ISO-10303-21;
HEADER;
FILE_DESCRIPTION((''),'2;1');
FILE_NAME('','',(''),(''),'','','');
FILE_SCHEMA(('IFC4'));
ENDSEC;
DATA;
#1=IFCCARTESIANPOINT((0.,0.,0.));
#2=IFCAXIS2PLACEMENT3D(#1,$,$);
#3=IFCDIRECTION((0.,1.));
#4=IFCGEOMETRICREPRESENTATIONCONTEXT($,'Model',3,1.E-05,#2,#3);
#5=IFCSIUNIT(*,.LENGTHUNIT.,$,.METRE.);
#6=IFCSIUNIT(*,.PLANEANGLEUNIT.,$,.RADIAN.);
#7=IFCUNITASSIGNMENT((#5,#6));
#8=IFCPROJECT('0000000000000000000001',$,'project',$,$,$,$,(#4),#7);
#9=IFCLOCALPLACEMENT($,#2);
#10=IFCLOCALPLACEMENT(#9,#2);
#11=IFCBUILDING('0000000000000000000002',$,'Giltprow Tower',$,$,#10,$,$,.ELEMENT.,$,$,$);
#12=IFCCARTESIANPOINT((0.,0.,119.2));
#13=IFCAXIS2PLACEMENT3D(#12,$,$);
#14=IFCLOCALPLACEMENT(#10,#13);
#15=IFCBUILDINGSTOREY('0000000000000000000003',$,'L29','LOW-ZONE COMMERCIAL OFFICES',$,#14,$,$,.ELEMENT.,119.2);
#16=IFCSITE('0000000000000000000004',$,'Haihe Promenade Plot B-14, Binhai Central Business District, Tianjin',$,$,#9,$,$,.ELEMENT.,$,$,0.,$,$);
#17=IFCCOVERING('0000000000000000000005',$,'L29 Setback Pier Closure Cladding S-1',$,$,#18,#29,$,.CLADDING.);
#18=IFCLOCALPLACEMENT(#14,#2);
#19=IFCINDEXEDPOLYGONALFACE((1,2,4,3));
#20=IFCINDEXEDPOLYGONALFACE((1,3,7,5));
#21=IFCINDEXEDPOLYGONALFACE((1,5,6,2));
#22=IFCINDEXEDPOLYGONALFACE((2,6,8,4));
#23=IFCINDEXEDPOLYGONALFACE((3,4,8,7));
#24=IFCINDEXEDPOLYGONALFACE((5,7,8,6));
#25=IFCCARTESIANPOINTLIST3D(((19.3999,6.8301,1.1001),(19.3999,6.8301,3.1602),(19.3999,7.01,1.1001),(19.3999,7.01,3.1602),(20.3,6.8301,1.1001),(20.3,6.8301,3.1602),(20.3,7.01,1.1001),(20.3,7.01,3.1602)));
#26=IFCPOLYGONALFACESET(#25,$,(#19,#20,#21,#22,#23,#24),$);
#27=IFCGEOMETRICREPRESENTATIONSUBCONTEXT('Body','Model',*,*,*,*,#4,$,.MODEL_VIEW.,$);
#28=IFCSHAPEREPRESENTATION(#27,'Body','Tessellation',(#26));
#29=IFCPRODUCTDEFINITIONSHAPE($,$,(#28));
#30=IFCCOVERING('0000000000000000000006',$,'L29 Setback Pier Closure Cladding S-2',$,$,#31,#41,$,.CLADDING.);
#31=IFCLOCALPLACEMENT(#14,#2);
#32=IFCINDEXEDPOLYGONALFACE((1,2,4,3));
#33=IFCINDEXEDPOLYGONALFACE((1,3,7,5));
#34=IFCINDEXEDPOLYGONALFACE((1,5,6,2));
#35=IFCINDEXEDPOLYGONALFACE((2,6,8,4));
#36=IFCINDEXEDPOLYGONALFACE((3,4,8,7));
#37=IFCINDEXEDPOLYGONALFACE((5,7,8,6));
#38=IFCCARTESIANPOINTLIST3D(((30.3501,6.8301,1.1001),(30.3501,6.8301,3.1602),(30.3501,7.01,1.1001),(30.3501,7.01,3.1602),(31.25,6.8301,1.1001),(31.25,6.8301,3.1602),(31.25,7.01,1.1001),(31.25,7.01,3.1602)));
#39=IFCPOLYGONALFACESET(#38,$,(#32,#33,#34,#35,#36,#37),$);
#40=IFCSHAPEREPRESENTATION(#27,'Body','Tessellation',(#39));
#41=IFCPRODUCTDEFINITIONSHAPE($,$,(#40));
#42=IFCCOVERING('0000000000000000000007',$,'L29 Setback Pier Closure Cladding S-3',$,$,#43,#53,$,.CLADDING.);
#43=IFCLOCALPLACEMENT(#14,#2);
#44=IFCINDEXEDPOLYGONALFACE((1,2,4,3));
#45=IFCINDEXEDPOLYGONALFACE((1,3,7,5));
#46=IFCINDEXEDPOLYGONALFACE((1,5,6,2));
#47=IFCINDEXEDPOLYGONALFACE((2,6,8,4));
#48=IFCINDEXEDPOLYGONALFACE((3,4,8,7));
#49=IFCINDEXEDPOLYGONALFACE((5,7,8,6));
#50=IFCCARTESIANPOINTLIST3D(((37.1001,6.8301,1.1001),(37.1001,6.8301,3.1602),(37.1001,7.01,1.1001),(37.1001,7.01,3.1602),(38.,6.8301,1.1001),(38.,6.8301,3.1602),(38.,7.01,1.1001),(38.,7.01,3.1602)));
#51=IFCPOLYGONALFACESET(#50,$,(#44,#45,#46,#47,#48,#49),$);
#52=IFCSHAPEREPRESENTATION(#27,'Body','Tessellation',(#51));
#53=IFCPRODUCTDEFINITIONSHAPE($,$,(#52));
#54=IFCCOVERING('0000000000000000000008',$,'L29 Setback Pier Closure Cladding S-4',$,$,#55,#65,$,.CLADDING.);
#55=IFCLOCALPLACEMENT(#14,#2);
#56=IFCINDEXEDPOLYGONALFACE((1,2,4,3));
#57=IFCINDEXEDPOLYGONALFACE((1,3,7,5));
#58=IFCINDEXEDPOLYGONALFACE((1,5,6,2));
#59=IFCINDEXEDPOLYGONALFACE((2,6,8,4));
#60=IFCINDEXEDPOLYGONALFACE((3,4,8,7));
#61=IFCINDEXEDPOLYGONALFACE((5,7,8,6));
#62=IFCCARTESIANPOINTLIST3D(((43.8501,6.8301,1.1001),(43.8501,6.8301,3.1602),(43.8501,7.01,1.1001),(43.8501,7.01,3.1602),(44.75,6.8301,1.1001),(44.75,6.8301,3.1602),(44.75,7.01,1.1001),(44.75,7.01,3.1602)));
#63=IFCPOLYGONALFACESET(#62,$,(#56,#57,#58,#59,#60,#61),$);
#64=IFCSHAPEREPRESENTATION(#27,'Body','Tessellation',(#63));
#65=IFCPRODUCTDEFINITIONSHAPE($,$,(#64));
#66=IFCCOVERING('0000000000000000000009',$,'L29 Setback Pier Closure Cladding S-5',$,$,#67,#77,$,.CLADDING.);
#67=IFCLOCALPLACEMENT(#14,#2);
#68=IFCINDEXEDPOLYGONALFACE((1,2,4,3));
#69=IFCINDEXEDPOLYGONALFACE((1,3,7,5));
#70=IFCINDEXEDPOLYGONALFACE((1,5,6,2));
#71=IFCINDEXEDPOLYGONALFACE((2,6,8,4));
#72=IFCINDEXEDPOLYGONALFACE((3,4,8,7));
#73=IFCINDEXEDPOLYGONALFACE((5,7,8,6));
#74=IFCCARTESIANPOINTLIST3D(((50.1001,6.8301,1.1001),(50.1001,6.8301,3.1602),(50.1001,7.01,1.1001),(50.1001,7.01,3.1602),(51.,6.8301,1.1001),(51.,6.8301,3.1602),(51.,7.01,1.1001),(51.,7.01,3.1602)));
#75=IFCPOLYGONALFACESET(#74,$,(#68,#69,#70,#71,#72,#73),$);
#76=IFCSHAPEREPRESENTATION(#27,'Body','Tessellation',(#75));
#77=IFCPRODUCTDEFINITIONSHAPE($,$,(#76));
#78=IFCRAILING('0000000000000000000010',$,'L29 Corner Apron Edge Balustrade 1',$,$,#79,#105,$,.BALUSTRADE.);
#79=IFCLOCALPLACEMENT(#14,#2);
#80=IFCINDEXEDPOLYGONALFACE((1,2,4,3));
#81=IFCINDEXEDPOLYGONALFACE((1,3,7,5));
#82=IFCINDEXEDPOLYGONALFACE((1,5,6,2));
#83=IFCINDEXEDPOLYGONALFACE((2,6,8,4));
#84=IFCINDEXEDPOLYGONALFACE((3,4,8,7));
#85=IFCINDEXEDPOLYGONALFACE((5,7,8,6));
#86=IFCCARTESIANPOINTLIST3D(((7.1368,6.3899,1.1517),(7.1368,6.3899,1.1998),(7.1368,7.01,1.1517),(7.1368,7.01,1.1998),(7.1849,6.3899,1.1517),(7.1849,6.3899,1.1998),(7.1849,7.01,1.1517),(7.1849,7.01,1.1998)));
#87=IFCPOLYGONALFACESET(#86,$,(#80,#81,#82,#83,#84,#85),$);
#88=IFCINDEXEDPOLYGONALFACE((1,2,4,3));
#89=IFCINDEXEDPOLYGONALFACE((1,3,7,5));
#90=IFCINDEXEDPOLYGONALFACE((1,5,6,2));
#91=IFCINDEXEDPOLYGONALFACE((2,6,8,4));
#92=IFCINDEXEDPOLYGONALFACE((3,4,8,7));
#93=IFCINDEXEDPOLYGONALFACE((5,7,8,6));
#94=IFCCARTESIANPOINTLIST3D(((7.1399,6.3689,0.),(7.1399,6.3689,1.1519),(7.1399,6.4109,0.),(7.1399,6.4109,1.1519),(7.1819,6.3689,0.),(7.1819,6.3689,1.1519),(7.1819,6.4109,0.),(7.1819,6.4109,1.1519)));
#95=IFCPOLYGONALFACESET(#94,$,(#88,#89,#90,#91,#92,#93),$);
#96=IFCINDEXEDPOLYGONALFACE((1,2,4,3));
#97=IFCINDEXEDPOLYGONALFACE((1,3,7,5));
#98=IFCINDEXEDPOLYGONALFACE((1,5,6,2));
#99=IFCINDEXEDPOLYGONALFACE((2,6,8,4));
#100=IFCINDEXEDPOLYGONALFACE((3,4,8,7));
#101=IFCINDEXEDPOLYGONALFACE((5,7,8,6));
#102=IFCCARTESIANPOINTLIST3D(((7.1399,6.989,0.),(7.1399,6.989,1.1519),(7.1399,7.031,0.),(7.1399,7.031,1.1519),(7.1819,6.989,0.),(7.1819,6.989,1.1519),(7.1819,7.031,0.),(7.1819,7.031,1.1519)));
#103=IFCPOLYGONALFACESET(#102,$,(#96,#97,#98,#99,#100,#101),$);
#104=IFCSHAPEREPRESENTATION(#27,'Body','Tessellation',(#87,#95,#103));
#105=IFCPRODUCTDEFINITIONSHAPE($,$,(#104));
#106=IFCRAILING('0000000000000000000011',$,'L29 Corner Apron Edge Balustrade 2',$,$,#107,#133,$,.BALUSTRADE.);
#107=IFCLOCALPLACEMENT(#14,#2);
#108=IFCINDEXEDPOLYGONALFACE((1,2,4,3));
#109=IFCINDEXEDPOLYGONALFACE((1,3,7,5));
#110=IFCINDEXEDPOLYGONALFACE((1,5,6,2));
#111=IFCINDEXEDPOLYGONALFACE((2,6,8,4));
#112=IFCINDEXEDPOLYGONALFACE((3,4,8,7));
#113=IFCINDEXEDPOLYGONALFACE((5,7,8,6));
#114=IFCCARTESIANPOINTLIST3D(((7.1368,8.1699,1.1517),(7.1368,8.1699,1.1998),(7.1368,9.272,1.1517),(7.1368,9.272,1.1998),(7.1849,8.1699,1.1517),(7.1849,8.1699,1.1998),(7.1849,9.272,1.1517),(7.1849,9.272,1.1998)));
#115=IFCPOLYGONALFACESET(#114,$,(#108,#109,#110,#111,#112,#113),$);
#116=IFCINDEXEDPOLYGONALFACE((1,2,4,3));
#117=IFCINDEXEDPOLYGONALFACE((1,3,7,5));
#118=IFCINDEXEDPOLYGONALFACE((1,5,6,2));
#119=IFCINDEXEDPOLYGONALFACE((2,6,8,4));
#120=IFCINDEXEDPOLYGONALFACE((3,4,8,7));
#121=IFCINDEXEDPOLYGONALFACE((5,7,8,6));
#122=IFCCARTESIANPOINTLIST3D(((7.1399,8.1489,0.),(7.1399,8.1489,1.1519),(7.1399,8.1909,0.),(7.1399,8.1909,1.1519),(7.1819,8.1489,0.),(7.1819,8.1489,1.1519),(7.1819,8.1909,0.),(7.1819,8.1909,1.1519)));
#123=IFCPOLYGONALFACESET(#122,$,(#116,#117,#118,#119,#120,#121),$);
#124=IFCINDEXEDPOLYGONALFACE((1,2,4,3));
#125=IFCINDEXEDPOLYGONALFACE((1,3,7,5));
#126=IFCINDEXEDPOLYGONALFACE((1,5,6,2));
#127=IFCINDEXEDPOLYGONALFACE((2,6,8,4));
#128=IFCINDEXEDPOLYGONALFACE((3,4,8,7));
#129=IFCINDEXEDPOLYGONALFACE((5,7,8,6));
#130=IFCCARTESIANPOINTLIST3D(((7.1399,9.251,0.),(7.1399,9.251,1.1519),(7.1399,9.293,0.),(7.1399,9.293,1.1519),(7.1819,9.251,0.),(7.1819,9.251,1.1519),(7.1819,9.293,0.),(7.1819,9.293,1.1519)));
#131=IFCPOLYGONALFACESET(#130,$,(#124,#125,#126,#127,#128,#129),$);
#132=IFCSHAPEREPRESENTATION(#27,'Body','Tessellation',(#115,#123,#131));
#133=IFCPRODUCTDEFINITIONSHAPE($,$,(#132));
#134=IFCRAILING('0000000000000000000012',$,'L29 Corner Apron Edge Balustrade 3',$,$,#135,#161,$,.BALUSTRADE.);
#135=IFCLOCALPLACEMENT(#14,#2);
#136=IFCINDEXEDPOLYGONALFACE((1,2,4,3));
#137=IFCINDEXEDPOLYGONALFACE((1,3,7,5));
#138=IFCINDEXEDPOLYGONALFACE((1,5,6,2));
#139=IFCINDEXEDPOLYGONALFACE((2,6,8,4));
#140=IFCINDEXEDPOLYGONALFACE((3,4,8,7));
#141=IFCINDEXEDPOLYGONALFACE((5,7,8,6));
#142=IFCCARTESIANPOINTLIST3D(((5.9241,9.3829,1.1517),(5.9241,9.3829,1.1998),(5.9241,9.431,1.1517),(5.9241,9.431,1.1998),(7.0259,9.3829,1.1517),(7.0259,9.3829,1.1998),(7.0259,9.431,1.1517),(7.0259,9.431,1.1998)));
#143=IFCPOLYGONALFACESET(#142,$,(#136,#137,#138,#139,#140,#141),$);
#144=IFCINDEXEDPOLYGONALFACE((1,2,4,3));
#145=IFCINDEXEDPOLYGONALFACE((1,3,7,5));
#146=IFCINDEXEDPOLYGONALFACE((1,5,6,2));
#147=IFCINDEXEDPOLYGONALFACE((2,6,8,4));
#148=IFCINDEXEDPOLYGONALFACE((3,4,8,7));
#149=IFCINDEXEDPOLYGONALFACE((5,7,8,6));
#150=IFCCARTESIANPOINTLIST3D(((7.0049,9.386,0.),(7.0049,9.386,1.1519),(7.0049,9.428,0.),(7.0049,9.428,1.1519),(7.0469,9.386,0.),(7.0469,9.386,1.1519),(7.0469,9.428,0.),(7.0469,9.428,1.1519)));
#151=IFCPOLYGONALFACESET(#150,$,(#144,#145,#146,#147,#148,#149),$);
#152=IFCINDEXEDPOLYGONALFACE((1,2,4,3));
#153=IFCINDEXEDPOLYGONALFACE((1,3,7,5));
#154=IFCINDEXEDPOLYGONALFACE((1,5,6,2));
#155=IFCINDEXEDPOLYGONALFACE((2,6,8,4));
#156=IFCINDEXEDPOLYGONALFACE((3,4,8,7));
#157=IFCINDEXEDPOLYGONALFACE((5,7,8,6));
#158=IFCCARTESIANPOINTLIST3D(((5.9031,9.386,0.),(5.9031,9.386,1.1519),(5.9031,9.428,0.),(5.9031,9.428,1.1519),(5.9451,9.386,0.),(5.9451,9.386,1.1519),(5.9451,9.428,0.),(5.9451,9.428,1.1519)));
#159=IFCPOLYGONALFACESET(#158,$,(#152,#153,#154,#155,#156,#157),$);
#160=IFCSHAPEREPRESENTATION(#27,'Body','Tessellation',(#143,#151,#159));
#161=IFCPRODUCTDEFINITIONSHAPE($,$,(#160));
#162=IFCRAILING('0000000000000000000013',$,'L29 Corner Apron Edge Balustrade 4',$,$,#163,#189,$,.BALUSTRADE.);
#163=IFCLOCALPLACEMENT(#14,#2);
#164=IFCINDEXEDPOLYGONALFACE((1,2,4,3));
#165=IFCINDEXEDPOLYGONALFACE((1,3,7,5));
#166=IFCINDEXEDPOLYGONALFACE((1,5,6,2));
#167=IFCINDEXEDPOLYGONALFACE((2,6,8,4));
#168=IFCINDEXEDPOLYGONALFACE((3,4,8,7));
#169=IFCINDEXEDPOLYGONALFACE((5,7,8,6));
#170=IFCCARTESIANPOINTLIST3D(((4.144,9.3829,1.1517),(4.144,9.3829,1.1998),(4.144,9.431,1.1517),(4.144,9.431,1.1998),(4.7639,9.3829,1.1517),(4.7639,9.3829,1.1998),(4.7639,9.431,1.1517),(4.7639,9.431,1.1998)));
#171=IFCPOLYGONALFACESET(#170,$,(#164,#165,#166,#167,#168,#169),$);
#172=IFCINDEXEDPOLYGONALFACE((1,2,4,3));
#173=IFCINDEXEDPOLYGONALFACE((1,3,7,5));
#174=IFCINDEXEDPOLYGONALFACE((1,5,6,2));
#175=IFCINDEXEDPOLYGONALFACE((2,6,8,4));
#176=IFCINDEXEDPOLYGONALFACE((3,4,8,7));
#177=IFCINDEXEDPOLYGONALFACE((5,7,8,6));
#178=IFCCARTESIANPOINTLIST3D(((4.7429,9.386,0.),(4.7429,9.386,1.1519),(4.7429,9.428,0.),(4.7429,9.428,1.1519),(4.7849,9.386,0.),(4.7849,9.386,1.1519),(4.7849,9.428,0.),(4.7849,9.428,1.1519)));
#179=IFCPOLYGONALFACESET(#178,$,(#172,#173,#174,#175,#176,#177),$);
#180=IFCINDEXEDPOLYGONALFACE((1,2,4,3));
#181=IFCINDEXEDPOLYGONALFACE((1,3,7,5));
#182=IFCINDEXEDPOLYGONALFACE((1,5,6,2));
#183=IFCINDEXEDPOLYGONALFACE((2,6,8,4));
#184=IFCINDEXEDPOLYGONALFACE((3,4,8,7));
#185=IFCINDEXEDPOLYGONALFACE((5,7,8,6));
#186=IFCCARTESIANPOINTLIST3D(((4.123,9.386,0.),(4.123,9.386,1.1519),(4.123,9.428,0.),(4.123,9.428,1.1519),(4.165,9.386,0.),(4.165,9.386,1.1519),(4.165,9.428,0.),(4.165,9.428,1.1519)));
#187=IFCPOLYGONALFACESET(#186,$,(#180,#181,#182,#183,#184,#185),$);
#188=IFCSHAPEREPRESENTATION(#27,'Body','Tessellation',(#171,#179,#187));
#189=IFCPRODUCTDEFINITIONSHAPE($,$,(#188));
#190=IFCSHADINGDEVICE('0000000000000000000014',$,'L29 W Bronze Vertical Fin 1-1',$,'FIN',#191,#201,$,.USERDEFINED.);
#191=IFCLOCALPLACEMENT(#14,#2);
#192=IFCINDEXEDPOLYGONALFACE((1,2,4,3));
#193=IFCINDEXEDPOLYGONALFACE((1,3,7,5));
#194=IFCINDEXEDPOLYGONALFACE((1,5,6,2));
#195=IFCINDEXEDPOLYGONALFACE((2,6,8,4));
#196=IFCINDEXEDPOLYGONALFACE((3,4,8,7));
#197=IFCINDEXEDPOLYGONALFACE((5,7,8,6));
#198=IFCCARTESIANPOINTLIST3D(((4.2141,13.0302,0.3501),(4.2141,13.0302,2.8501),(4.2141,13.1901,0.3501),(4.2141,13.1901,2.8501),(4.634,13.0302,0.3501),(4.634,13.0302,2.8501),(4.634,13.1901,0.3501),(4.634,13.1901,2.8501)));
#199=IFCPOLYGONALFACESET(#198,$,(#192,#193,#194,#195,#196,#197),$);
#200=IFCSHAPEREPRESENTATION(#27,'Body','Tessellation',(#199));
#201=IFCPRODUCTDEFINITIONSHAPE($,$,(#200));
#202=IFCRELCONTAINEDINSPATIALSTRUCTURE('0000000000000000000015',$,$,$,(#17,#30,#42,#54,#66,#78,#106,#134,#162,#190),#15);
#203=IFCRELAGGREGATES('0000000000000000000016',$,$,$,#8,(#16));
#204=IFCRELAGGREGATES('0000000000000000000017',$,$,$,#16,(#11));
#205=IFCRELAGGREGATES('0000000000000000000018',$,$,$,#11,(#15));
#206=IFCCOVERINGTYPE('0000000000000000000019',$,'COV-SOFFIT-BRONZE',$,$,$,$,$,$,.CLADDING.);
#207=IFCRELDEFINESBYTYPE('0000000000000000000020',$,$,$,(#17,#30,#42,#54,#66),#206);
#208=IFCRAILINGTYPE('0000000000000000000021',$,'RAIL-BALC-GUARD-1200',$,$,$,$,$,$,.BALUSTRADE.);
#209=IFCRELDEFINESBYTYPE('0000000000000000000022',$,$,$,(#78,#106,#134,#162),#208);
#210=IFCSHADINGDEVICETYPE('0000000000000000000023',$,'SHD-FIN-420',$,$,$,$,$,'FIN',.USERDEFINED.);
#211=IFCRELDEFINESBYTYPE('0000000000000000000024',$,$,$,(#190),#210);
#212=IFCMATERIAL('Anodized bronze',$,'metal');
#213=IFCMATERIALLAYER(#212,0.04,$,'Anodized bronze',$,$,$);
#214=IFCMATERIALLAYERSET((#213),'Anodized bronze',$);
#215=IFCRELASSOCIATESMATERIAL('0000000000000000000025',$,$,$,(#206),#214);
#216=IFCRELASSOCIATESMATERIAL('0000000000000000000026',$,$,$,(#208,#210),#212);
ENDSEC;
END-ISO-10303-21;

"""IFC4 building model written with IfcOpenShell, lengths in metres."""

from ifc_helpers import new_model, si_unit, direction, frame, origin, origin_2d, place, context, subcontext, project, spatial, polyline, rectangle, outline, extrude, source, transform, mapped, material, layer, layer_set, type_object, element, save


model = new_model("IFC4")

# Units and contexts
model_context = context("Model", 3, precision=1e-05, world=origin(), true_north=direction((0.0, 1.0)))
body_context = subcontext(model_context, "Body", "Model", "MODEL_VIEW")
ifc_project = project(units=[si_unit("LENGTHUNIT", "METRE"), si_unit("PLANEANGLEUNIT", "RADIAN")], contexts=[model_context])

# Site, building, storey
site_placement = place(None, origin())
site = spatial("IfcSite", under=ifc_project, at=site_placement, Name="Haihe Promenade Plot B-14, Binhai Central Business District, Tianjin", CompositionType="ELEMENT", RefElevation=0.0)
building_placement = place(site_placement, origin())
building = spatial("IfcBuilding", under=site, at=building_placement, Name="Giltprow Tower", CompositionType="ELEMENT")
storey_placement = place(building_placement, frame((0.0, 0.0, 119.2)))
storey = spatial("IfcBuildingStorey", under=building, at=storey_placement, Name="L29", Description="LOW-ZONE COMMERCIAL OFFICES", CompositionType="ELEMENT", Elevation=119.2)

# Shared definitions
ifc_material_1 = material(Name="Anodized bronze", Category="metal")

# Coverings
ifc_layer_1 = layer(ifc_material_1, 0.04, Name="Anodized bronze")
ifc_layer_set_1 = layer_set([ifc_layer_1], Name="Anodized bronze")
covering_type_1 = type_object("IfcCoveringType", Name="COV-SOFFIT-BRONZE", PredefinedType="CLADDING", material=ifc_layer_set_1)
covering_1_placement = place(storey_placement, frame((0.0, 0.0, 1.1001)))
element("IfcCovering", 1, at=covering_1_placement, inside=storey, type_object=covering_type_1, Name="L29 Setback Pier Closure Cladding S-1", PredefinedType="CLADDING", context=body_context, shape_type="SweptSolid", body=[
    extrude(outline(polyline([(19.3999, 6.8301), (20.3, 6.8301), (20.3, 7.01), (19.3999, 7.01), (19.3999, 6.8301)])), origin(), (0.0, 0.0, 1.0), 2.0601),
])
covering_2_placement = place(storey_placement, frame((0.0, 0.0, 1.1001)))
element("IfcCovering", 2, at=covering_2_placement, inside=storey, type_object=covering_type_1, Name="L29 Setback Pier Closure Cladding S-2", PredefinedType="CLADDING", context=body_context, shape_type="SweptSolid", body=[
    extrude(outline(polyline([(30.3501, 6.8301), (31.25, 6.8301), (31.25, 7.01), (30.3501, 7.01), (30.3501, 6.8301)])), origin(), (0.0, 0.0, 1.0), 2.0601),
])
covering_3_placement = place(storey_placement, frame((0.0, 0.0, 1.1001)))
element("IfcCovering", 3, at=covering_3_placement, inside=storey, type_object=covering_type_1, Name="L29 Setback Pier Closure Cladding S-3", PredefinedType="CLADDING", context=body_context, shape_type="SweptSolid", body=[
    extrude(outline(polyline([(37.1001, 6.8301), (38.0, 6.8301), (38.0, 7.01), (37.1001, 7.01), (37.1001, 6.8301)])), origin(), (0.0, 0.0, 1.0), 2.0601),
])
covering_4_placement = place(storey_placement, frame((0.0, 0.0, 1.1001)))
element("IfcCovering", 4, at=covering_4_placement, inside=storey, type_object=covering_type_1, Name="L29 Setback Pier Closure Cladding S-4", PredefinedType="CLADDING", context=body_context, shape_type="SweptSolid", body=[
    extrude(outline(polyline([(43.8501, 6.8301), (44.75, 6.8301), (44.75, 7.01), (43.8501, 7.01), (43.8501, 6.8301)])), origin(), (0.0, 0.0, 1.0), 2.0601),
])
covering_5_placement = place(storey_placement, frame((0.0, 0.0, 1.1001)))
element("IfcCovering", 5, at=covering_5_placement, inside=storey, type_object=covering_type_1, Name="L29 Setback Pier Closure Cladding S-5", PredefinedType="CLADDING", context=body_context, shape_type="SweptSolid", body=[
    extrude(outline(polyline([(50.1001, 6.8301), (51.0, 6.8301), (51.0, 7.01), (50.1001, 7.01), (50.1001, 6.8301)])), origin(), (0.0, 0.0, 1.0), 2.0601),
])

# Railings
railing_type = type_object("IfcRailingType", Name="RAIL-BALC-GUARD-1200", PredefinedType="BALUSTRADE", material=ifc_material_1)
railing_1_placement = place(storey_placement, frame((7.1609, 6.3899, 0.0)))
element("IfcRailing", 6, at=railing_1_placement, inside=storey, type_object=railing_type, Name="L29 Corner Apron Edge Balustrade 1", PredefinedType="BALUSTRADE", context=body_context, shape_type="SweptSolid", body=[
    extrude(rectangle(XDim=0.0481, YDim=0.0481, at=origin_2d()), frame((0.0, 0.0, 1.1758), z_axis=(0.0, 1.0, 0.0), x_axis=(-1.0, 0.0, 0.0)), (0.0, 0.0, 1.0), 0.6201),
    extrude(rectangle(XDim=0.042, YDim=0.042, at=origin_2d()), origin(), (0.0, 0.0, 1.0), 1.1519),
    extrude(rectangle(XDim=0.042, YDim=0.042, at=origin_2d()), frame((0.0, 0.6201, 0.0)), (0.0, 0.0, 1.0), 1.1519),
])
railing_2_placement = place(storey_placement, frame((7.1609, 8.1699, 0.0)))
element("IfcRailing", 7, at=railing_2_placement, inside=storey, type_object=railing_type, Name="L29 Corner Apron Edge Balustrade 2", PredefinedType="BALUSTRADE", context=body_context, shape_type="SweptSolid", body=[
    extrude(rectangle(XDim=0.0481, YDim=0.0481, at=origin_2d()), frame((0.0, 0.0, 1.1758), z_axis=(0.0, 1.0, 0.0), x_axis=(-1.0, 0.0, 0.0)), (0.0, 0.0, 1.0), 1.1021),
    extrude(rectangle(XDim=0.042, YDim=0.042, at=origin_2d()), origin(), (0.0, 0.0, 1.0), 1.1519),
    extrude(rectangle(XDim=0.042, YDim=0.042, at=origin_2d()), frame((0.0, 1.1021, 0.0)), (0.0, 0.0, 1.0), 1.1519),
])
railing_3_placement = place(storey_placement, frame((7.0259, 9.407, 0.0)))
element("IfcRailing", 8, at=railing_3_placement, inside=storey, type_object=railing_type, Name="L29 Corner Apron Edge Balustrade 3", PredefinedType="BALUSTRADE", context=body_context, shape_type="SweptSolid", body=[
    extrude(rectangle(XDim=0.0481, YDim=0.0481, at=origin_2d()), frame((0.0, 0.0, 1.1758), z_axis=(-1.0, 0.0, 0.0), x_axis=(0.0, -1.0, 0.0)), (0.0, 0.0, 1.0), 1.1018),
    extrude(rectangle(XDim=0.042, YDim=0.042, at=origin_2d()), origin(), (0.0, 0.0, 1.0), 1.1519),
    extrude(rectangle(XDim=0.042, YDim=0.042, at=origin_2d()), frame((-1.1018, 0.0, 0.0)), (0.0, 0.0, 1.0), 1.1519),
])
railing_4_placement = place(storey_placement, frame((4.7639, 9.407, 0.0)))
element("IfcRailing", 9, at=railing_4_placement, inside=storey, type_object=railing_type, Name="L29 Corner Apron Edge Balustrade 4", PredefinedType="BALUSTRADE", context=body_context, shape_type="SweptSolid", body=[
    extrude(rectangle(XDim=0.0481, YDim=0.0481, at=origin_2d()), frame((0.0, 0.0, 1.1758), z_axis=(-1.0, 0.0, 0.0), x_axis=(0.0, -1.0, 0.0)), (0.0, 0.0, 1.0), 0.6199),
    extrude(rectangle(XDim=0.042, YDim=0.042, at=origin_2d()), origin(), (0.0, 0.0, 1.0), 1.1519),
    extrude(rectangle(XDim=0.042, YDim=0.042, at=origin_2d()), frame((-0.6199, 0.0, 0.0)), (0.0, 0.0, 1.0), 1.1519),
])

# Shading device
shading_device_type = type_object("IfcShadingDeviceType", Name="SHD-FIN-420", ElementType="FIN", PredefinedType="USERDEFINED", material=ifc_material_1)
shared_shape_1 = source(origin(), body_context, "Body", "SweptSolid", [
    extrude(rectangle(XDim=0.4199, YDim=0.1599, at=origin_2d()), origin(), (0.0, 0.0, 1.0), 2.5),
])
shading_device_placement = place(storey_placement, frame((4.4241, 13.1101, 0.3501), z_axis=(0.0, 0.0, 1.0), x_axis=(1.0, 0.0, 0.0)))
element("IfcShadingDevice", 10, at=shading_device_placement, inside=storey, type_object=shading_device_type, Name="L29 W Bronze Vertical Fin 1-1", ObjectType="FIN", PredefinedType="USERDEFINED", context=body_context, shape_type="MappedRepresentation", body=[
    mapped(shared_shape_1, transform((0.0, 0.0, 0.0), x_axis=(1.0, 0.0, 0.0), y_axis=(0.0, 1.0, 0.0), z_axis=(0.0, 0.0, 1.0), scale=1.0)),
])

save(model, "model.ifc")
